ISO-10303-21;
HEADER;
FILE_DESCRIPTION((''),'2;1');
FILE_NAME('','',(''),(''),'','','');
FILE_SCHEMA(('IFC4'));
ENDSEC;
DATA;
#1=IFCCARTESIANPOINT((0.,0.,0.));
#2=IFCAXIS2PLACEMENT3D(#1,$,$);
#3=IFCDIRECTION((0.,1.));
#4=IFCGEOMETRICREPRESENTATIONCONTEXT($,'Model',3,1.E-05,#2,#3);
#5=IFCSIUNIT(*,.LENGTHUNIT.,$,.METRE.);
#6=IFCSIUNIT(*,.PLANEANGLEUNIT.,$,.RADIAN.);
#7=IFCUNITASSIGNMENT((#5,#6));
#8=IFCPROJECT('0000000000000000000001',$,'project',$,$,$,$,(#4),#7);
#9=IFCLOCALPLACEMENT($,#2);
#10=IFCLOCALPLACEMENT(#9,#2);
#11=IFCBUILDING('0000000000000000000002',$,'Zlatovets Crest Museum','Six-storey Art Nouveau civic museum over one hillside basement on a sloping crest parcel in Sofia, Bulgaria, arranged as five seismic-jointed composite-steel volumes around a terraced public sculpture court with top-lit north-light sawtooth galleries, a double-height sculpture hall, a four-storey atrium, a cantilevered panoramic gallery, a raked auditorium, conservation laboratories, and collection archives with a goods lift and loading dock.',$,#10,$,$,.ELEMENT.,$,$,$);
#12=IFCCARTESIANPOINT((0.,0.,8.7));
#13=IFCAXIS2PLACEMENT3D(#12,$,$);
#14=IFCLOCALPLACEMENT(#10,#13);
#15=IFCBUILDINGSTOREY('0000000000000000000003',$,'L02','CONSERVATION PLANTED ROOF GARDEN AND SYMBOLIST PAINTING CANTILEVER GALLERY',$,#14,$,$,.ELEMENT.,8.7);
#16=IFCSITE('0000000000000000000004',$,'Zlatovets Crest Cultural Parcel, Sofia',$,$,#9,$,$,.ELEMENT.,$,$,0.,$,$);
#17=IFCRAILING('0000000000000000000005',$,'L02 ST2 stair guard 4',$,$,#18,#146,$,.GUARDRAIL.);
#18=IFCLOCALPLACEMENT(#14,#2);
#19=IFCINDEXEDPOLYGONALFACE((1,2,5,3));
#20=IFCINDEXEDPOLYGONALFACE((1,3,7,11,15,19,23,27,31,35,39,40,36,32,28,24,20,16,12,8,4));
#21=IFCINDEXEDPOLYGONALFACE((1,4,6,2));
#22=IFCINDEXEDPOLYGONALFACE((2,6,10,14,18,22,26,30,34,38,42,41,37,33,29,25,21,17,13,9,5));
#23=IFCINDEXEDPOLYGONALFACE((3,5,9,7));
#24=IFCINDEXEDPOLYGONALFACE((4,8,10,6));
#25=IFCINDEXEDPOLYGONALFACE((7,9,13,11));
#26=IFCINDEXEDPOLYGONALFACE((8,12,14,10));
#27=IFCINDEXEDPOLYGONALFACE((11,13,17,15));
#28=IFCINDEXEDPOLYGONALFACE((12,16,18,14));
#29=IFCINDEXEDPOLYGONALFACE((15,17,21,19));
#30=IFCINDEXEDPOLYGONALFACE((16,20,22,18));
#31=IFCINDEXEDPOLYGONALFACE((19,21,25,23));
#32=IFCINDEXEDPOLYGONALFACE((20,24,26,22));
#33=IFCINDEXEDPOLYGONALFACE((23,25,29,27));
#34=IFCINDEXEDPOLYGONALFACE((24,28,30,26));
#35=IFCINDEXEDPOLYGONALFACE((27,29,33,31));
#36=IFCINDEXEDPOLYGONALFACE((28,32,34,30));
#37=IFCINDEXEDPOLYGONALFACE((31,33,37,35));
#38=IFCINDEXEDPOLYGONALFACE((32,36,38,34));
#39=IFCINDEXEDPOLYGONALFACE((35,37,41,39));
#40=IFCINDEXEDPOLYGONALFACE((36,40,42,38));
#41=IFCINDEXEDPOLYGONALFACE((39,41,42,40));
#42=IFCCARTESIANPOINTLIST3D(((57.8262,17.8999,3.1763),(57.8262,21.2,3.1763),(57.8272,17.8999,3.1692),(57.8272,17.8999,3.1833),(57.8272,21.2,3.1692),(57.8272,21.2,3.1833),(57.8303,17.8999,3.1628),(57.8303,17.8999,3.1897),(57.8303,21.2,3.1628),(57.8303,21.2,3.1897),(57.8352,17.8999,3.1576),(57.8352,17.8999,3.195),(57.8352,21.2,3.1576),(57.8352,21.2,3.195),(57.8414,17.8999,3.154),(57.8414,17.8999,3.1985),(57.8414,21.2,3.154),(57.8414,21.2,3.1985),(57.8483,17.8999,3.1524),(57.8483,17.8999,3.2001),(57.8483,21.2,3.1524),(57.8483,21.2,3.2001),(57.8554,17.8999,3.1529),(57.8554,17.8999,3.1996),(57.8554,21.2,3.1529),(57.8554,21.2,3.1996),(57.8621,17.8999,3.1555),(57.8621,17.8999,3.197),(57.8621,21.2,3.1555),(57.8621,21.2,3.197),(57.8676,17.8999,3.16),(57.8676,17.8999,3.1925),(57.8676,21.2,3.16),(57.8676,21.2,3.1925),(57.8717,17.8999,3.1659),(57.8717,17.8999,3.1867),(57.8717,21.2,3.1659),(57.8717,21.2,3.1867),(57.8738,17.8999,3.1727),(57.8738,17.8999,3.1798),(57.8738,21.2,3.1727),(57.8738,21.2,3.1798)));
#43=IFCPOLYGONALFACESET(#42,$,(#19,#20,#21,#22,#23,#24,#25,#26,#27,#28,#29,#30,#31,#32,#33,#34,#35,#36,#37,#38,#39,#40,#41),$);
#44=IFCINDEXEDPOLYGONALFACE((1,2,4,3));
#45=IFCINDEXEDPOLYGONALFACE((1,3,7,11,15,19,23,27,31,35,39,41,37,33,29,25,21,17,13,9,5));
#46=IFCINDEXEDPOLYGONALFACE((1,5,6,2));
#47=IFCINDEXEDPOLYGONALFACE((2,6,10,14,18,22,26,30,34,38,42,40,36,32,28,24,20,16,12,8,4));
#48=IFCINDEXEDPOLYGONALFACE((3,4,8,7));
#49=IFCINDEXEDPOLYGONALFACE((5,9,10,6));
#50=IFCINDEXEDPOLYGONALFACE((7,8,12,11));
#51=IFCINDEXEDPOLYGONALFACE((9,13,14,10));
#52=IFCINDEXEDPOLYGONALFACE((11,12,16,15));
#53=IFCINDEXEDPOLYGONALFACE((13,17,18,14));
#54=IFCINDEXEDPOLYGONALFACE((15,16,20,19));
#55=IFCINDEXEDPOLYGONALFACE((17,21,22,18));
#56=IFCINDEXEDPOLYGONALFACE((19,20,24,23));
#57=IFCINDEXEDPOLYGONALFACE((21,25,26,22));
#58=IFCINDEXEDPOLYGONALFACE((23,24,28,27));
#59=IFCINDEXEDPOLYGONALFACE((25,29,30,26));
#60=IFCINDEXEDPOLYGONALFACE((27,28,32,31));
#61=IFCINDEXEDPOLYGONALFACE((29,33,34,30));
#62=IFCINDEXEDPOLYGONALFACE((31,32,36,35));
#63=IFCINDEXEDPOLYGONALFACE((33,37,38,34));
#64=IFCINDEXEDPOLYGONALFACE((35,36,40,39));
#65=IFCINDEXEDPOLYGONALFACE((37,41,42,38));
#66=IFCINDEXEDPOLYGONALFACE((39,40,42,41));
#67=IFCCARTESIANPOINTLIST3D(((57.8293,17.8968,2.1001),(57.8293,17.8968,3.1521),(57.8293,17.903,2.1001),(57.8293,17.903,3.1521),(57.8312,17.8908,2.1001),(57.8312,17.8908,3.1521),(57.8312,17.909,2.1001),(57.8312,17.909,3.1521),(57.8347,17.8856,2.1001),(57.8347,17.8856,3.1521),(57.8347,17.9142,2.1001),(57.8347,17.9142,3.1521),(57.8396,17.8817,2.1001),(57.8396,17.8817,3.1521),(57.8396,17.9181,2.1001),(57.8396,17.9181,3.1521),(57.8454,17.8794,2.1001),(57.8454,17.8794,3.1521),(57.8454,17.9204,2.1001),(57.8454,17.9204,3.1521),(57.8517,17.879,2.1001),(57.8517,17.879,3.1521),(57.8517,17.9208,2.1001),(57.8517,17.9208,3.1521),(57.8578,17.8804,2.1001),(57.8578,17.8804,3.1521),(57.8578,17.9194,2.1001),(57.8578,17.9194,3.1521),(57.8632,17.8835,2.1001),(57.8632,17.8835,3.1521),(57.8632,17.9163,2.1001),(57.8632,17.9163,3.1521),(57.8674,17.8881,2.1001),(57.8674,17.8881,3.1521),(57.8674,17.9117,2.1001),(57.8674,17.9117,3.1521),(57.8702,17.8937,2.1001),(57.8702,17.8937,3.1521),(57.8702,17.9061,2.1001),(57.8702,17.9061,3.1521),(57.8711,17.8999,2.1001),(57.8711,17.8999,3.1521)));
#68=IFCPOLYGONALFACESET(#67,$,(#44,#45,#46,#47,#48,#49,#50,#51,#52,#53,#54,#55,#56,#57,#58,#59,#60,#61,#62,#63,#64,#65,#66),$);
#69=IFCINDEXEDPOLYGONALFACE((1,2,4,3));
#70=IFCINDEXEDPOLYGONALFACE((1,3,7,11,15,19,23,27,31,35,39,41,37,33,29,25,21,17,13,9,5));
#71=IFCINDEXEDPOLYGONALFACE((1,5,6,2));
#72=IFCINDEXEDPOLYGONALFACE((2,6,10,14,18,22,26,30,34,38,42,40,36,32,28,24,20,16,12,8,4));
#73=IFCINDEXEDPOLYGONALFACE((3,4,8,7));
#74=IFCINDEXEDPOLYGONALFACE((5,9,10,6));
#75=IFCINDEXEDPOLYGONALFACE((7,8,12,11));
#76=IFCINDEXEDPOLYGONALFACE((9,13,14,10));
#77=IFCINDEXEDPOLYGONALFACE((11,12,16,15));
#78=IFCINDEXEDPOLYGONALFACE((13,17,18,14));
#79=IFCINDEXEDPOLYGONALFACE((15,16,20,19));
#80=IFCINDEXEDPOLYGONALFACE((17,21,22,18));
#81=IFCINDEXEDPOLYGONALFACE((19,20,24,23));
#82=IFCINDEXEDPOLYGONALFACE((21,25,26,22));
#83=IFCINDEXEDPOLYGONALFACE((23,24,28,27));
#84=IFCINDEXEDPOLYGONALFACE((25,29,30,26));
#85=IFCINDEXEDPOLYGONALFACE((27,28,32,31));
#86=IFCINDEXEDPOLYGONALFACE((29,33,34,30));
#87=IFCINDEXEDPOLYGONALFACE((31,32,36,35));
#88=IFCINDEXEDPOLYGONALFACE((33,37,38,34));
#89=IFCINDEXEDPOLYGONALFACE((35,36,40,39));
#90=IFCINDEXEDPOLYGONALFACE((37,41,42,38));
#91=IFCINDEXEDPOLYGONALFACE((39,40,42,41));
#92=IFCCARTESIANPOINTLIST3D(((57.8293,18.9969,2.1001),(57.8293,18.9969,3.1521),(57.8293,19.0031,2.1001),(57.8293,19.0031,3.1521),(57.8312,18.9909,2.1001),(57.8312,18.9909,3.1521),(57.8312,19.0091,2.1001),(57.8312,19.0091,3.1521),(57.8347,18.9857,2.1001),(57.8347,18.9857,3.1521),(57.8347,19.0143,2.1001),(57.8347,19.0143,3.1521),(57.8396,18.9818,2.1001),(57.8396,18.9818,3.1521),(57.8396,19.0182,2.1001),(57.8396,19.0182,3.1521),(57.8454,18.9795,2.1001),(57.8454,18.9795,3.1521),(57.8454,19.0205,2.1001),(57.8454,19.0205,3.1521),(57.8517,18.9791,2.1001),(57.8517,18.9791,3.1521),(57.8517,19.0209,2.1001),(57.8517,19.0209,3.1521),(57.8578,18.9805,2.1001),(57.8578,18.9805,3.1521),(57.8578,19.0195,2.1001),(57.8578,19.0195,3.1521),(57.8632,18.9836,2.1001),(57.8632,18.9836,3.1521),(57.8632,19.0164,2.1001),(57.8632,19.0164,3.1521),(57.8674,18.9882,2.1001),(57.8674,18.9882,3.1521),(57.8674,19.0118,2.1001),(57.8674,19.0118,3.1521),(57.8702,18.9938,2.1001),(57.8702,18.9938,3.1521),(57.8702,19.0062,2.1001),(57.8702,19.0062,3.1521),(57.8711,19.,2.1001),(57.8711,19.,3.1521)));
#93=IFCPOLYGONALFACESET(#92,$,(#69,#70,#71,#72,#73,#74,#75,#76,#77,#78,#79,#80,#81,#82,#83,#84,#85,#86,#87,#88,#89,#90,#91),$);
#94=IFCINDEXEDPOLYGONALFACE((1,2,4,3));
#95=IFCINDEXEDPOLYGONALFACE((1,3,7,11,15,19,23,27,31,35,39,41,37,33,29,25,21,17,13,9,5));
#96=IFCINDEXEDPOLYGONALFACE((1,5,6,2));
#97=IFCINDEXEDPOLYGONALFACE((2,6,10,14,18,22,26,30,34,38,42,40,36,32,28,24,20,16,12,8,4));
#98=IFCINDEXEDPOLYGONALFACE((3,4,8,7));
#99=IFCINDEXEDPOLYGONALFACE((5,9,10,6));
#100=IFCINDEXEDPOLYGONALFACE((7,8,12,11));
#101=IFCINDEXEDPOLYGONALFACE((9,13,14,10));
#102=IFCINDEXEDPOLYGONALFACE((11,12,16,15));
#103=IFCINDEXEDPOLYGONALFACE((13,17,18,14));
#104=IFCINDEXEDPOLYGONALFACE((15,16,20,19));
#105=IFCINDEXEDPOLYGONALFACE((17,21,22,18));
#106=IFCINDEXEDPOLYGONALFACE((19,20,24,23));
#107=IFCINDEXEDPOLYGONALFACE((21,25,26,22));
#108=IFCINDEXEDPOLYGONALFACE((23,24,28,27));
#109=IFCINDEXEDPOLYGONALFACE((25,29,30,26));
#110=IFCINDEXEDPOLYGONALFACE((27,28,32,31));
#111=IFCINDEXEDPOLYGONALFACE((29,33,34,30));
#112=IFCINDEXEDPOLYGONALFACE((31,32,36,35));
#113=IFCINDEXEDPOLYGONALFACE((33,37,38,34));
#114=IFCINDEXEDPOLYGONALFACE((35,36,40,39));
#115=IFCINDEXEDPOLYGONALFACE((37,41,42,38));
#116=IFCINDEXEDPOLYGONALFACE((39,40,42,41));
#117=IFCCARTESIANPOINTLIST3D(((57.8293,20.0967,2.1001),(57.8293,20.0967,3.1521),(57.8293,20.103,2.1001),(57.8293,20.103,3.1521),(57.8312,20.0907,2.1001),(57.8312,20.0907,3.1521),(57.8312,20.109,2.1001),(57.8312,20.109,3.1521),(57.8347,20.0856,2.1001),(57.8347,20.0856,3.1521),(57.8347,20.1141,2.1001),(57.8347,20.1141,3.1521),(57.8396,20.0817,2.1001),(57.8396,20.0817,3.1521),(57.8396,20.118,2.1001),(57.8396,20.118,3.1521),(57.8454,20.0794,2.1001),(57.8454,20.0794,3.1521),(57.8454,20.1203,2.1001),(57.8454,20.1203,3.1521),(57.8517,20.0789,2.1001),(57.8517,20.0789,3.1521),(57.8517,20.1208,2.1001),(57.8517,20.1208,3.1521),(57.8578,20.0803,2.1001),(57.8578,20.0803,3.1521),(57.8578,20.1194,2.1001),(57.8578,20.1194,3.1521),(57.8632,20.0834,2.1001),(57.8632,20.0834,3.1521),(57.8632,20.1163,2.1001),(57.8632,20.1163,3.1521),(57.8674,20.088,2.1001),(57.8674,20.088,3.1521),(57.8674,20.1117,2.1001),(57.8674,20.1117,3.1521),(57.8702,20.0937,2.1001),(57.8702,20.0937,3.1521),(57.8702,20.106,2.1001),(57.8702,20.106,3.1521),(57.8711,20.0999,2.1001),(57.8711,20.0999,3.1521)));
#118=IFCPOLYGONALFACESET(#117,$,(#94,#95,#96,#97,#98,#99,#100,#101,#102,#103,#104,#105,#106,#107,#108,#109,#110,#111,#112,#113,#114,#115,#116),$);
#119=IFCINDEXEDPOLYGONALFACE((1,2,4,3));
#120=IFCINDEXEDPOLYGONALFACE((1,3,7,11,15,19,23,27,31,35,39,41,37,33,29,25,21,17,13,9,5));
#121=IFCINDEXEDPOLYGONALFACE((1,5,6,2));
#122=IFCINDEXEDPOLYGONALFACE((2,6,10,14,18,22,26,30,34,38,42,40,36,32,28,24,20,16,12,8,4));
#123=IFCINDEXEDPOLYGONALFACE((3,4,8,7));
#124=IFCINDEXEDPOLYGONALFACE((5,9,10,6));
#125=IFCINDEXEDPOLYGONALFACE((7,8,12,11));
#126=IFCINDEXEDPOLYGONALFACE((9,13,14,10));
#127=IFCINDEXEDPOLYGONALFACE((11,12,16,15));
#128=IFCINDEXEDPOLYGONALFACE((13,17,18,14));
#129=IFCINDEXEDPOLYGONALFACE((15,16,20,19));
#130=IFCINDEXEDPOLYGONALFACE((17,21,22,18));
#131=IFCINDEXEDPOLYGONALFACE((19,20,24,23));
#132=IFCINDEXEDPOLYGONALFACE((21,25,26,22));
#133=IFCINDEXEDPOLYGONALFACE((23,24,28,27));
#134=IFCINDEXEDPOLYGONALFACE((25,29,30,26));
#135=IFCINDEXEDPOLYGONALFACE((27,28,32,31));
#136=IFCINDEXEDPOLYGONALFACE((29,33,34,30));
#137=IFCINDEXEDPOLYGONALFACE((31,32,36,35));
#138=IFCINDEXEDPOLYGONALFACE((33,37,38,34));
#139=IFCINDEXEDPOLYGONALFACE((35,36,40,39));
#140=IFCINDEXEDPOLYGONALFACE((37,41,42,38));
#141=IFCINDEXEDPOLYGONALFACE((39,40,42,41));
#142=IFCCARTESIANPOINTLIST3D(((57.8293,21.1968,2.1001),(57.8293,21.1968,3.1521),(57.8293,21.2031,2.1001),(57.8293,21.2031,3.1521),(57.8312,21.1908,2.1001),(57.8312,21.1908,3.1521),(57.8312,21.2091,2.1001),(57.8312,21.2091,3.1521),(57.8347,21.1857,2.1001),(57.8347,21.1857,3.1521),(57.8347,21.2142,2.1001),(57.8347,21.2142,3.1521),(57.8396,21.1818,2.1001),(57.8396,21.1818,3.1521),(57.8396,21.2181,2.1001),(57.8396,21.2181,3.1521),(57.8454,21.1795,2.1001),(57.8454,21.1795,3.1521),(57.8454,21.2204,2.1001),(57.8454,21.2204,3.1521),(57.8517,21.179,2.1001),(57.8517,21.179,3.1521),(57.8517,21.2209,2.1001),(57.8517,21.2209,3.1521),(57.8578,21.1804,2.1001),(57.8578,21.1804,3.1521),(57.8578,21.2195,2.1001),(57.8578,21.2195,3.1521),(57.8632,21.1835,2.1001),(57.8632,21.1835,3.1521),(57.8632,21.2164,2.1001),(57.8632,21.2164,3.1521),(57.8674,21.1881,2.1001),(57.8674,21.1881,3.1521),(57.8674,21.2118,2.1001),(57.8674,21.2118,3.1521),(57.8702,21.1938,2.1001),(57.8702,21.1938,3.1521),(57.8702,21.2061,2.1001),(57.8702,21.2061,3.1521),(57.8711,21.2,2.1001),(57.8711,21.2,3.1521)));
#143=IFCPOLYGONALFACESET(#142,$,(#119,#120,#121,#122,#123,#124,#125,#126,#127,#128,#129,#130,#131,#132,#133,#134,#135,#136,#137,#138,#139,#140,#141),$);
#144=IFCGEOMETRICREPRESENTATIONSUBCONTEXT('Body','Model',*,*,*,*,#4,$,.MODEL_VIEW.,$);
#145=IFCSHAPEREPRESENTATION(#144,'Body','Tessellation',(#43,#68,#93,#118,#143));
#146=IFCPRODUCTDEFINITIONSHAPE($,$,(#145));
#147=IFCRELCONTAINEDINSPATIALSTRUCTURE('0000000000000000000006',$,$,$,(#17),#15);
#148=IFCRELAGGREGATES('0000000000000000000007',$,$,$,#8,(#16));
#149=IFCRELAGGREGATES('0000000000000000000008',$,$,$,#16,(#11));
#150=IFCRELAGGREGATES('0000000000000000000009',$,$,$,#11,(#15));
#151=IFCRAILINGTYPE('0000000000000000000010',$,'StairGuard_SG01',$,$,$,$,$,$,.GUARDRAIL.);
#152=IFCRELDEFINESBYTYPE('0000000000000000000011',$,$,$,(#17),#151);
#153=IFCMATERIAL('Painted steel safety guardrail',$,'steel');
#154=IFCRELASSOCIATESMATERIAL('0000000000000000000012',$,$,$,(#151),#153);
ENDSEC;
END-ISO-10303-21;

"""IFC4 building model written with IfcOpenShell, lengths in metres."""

from ifc_helpers import new_model, si_unit, direction, frame, origin, origin_2d, place, context, subcontext, project, spatial, circle, extrude, material, type_object, element, save


model = new_model("IFC4")

# Units and contexts
model_context = context("Model", 3, precision=1e-05, world=origin(), true_north=direction((0.0, 1.0)))
body_context = subcontext(model_context, "Body", "Model", "MODEL_VIEW")
ifc_project = project(units=[si_unit("LENGTHUNIT", "METRE"), si_unit("PLANEANGLEUNIT", "RADIAN")], contexts=[model_context])

# Site, building, storey
site_placement = place(None, origin())
site = spatial("IfcSite", under=ifc_project, at=site_placement, Name="Zlatovets Crest Cultural Parcel, Sofia", CompositionType="ELEMENT", RefElevation=0.0)
building_placement = place(site_placement, origin())
building = spatial("IfcBuilding", under=site, at=building_placement, Name="Zlatovets Crest Museum", Description="Six-storey Art Nouveau civic museum over one hillside basement on a sloping crest parcel in Sofia, Bulgaria, arranged as five seismic-jointed composite-steel volumes around a terraced public sculpture court with top-lit north-light sawtooth galleries, a double-height sculpture hall, a four-storey atrium, a cantilevered panoramic gallery, a raked auditorium, conservation laboratories, and collection archives with a goods lift and loading dock.", CompositionType="ELEMENT")
storey_placement = place(building_placement, frame((0.0, 0.0, 8.7)))
storey = spatial("IfcBuildingStorey", under=building, at=storey_placement, Name="L02", Description="CONSERVATION PLANTED ROOF GARDEN AND SYMBOLIST PAINTING CANTILEVER GALLERY", CompositionType="ELEMENT", Elevation=8.7)

# Railing
ifc_material_1 = material(Name="Painted steel safety guardrail", Category="steel")
railing_type_1 = type_object("IfcRailingType", Name="StairGuard_SG01", PredefinedType="GUARDRAIL", material=ifc_material_1)
for number, where, name in (
    (1, (57.8501, 17.8999, 2.1001), "L02 ST2 stair guard 4"),
):
    element("IfcRailing", number, at=place(storey_placement, frame(where)), inside=storey, type_object=railing_type_1, Name=name, PredefinedType="GUARDRAIL", context=body_context, shape_type="SweptSolid", body=[
        extrude(circle(Radius=0.0239, at=origin_2d()), frame((0.0, 0.0, 1.0762), z_axis=(0.0, 1.0, 0.0), x_axis=(-1.0, 0.0, 0.0)), (0.0, 0.0, 1.0), 3.3),
        extrude(circle(Radius=0.021, at=origin_2d()), origin(), (0.0, 0.0, 1.0), 1.052),
        extrude(circle(Radius=0.021, at=origin_2d()), frame((0.0, 1.1001, 0.0)), (0.0, 0.0, 1.0), 1.052),
        extrude(circle(Radius=0.021, at=origin_2d()), frame((0.0, 2.2, 0.0)), (0.0, 0.0, 1.0), 1.052),
        extrude(circle(Radius=0.021, at=origin_2d()), frame((0.0, 3.3, 0.0)), (0.0, 0.0, 1.0), 1.052),
    ])

save(model, "model.ifc")
